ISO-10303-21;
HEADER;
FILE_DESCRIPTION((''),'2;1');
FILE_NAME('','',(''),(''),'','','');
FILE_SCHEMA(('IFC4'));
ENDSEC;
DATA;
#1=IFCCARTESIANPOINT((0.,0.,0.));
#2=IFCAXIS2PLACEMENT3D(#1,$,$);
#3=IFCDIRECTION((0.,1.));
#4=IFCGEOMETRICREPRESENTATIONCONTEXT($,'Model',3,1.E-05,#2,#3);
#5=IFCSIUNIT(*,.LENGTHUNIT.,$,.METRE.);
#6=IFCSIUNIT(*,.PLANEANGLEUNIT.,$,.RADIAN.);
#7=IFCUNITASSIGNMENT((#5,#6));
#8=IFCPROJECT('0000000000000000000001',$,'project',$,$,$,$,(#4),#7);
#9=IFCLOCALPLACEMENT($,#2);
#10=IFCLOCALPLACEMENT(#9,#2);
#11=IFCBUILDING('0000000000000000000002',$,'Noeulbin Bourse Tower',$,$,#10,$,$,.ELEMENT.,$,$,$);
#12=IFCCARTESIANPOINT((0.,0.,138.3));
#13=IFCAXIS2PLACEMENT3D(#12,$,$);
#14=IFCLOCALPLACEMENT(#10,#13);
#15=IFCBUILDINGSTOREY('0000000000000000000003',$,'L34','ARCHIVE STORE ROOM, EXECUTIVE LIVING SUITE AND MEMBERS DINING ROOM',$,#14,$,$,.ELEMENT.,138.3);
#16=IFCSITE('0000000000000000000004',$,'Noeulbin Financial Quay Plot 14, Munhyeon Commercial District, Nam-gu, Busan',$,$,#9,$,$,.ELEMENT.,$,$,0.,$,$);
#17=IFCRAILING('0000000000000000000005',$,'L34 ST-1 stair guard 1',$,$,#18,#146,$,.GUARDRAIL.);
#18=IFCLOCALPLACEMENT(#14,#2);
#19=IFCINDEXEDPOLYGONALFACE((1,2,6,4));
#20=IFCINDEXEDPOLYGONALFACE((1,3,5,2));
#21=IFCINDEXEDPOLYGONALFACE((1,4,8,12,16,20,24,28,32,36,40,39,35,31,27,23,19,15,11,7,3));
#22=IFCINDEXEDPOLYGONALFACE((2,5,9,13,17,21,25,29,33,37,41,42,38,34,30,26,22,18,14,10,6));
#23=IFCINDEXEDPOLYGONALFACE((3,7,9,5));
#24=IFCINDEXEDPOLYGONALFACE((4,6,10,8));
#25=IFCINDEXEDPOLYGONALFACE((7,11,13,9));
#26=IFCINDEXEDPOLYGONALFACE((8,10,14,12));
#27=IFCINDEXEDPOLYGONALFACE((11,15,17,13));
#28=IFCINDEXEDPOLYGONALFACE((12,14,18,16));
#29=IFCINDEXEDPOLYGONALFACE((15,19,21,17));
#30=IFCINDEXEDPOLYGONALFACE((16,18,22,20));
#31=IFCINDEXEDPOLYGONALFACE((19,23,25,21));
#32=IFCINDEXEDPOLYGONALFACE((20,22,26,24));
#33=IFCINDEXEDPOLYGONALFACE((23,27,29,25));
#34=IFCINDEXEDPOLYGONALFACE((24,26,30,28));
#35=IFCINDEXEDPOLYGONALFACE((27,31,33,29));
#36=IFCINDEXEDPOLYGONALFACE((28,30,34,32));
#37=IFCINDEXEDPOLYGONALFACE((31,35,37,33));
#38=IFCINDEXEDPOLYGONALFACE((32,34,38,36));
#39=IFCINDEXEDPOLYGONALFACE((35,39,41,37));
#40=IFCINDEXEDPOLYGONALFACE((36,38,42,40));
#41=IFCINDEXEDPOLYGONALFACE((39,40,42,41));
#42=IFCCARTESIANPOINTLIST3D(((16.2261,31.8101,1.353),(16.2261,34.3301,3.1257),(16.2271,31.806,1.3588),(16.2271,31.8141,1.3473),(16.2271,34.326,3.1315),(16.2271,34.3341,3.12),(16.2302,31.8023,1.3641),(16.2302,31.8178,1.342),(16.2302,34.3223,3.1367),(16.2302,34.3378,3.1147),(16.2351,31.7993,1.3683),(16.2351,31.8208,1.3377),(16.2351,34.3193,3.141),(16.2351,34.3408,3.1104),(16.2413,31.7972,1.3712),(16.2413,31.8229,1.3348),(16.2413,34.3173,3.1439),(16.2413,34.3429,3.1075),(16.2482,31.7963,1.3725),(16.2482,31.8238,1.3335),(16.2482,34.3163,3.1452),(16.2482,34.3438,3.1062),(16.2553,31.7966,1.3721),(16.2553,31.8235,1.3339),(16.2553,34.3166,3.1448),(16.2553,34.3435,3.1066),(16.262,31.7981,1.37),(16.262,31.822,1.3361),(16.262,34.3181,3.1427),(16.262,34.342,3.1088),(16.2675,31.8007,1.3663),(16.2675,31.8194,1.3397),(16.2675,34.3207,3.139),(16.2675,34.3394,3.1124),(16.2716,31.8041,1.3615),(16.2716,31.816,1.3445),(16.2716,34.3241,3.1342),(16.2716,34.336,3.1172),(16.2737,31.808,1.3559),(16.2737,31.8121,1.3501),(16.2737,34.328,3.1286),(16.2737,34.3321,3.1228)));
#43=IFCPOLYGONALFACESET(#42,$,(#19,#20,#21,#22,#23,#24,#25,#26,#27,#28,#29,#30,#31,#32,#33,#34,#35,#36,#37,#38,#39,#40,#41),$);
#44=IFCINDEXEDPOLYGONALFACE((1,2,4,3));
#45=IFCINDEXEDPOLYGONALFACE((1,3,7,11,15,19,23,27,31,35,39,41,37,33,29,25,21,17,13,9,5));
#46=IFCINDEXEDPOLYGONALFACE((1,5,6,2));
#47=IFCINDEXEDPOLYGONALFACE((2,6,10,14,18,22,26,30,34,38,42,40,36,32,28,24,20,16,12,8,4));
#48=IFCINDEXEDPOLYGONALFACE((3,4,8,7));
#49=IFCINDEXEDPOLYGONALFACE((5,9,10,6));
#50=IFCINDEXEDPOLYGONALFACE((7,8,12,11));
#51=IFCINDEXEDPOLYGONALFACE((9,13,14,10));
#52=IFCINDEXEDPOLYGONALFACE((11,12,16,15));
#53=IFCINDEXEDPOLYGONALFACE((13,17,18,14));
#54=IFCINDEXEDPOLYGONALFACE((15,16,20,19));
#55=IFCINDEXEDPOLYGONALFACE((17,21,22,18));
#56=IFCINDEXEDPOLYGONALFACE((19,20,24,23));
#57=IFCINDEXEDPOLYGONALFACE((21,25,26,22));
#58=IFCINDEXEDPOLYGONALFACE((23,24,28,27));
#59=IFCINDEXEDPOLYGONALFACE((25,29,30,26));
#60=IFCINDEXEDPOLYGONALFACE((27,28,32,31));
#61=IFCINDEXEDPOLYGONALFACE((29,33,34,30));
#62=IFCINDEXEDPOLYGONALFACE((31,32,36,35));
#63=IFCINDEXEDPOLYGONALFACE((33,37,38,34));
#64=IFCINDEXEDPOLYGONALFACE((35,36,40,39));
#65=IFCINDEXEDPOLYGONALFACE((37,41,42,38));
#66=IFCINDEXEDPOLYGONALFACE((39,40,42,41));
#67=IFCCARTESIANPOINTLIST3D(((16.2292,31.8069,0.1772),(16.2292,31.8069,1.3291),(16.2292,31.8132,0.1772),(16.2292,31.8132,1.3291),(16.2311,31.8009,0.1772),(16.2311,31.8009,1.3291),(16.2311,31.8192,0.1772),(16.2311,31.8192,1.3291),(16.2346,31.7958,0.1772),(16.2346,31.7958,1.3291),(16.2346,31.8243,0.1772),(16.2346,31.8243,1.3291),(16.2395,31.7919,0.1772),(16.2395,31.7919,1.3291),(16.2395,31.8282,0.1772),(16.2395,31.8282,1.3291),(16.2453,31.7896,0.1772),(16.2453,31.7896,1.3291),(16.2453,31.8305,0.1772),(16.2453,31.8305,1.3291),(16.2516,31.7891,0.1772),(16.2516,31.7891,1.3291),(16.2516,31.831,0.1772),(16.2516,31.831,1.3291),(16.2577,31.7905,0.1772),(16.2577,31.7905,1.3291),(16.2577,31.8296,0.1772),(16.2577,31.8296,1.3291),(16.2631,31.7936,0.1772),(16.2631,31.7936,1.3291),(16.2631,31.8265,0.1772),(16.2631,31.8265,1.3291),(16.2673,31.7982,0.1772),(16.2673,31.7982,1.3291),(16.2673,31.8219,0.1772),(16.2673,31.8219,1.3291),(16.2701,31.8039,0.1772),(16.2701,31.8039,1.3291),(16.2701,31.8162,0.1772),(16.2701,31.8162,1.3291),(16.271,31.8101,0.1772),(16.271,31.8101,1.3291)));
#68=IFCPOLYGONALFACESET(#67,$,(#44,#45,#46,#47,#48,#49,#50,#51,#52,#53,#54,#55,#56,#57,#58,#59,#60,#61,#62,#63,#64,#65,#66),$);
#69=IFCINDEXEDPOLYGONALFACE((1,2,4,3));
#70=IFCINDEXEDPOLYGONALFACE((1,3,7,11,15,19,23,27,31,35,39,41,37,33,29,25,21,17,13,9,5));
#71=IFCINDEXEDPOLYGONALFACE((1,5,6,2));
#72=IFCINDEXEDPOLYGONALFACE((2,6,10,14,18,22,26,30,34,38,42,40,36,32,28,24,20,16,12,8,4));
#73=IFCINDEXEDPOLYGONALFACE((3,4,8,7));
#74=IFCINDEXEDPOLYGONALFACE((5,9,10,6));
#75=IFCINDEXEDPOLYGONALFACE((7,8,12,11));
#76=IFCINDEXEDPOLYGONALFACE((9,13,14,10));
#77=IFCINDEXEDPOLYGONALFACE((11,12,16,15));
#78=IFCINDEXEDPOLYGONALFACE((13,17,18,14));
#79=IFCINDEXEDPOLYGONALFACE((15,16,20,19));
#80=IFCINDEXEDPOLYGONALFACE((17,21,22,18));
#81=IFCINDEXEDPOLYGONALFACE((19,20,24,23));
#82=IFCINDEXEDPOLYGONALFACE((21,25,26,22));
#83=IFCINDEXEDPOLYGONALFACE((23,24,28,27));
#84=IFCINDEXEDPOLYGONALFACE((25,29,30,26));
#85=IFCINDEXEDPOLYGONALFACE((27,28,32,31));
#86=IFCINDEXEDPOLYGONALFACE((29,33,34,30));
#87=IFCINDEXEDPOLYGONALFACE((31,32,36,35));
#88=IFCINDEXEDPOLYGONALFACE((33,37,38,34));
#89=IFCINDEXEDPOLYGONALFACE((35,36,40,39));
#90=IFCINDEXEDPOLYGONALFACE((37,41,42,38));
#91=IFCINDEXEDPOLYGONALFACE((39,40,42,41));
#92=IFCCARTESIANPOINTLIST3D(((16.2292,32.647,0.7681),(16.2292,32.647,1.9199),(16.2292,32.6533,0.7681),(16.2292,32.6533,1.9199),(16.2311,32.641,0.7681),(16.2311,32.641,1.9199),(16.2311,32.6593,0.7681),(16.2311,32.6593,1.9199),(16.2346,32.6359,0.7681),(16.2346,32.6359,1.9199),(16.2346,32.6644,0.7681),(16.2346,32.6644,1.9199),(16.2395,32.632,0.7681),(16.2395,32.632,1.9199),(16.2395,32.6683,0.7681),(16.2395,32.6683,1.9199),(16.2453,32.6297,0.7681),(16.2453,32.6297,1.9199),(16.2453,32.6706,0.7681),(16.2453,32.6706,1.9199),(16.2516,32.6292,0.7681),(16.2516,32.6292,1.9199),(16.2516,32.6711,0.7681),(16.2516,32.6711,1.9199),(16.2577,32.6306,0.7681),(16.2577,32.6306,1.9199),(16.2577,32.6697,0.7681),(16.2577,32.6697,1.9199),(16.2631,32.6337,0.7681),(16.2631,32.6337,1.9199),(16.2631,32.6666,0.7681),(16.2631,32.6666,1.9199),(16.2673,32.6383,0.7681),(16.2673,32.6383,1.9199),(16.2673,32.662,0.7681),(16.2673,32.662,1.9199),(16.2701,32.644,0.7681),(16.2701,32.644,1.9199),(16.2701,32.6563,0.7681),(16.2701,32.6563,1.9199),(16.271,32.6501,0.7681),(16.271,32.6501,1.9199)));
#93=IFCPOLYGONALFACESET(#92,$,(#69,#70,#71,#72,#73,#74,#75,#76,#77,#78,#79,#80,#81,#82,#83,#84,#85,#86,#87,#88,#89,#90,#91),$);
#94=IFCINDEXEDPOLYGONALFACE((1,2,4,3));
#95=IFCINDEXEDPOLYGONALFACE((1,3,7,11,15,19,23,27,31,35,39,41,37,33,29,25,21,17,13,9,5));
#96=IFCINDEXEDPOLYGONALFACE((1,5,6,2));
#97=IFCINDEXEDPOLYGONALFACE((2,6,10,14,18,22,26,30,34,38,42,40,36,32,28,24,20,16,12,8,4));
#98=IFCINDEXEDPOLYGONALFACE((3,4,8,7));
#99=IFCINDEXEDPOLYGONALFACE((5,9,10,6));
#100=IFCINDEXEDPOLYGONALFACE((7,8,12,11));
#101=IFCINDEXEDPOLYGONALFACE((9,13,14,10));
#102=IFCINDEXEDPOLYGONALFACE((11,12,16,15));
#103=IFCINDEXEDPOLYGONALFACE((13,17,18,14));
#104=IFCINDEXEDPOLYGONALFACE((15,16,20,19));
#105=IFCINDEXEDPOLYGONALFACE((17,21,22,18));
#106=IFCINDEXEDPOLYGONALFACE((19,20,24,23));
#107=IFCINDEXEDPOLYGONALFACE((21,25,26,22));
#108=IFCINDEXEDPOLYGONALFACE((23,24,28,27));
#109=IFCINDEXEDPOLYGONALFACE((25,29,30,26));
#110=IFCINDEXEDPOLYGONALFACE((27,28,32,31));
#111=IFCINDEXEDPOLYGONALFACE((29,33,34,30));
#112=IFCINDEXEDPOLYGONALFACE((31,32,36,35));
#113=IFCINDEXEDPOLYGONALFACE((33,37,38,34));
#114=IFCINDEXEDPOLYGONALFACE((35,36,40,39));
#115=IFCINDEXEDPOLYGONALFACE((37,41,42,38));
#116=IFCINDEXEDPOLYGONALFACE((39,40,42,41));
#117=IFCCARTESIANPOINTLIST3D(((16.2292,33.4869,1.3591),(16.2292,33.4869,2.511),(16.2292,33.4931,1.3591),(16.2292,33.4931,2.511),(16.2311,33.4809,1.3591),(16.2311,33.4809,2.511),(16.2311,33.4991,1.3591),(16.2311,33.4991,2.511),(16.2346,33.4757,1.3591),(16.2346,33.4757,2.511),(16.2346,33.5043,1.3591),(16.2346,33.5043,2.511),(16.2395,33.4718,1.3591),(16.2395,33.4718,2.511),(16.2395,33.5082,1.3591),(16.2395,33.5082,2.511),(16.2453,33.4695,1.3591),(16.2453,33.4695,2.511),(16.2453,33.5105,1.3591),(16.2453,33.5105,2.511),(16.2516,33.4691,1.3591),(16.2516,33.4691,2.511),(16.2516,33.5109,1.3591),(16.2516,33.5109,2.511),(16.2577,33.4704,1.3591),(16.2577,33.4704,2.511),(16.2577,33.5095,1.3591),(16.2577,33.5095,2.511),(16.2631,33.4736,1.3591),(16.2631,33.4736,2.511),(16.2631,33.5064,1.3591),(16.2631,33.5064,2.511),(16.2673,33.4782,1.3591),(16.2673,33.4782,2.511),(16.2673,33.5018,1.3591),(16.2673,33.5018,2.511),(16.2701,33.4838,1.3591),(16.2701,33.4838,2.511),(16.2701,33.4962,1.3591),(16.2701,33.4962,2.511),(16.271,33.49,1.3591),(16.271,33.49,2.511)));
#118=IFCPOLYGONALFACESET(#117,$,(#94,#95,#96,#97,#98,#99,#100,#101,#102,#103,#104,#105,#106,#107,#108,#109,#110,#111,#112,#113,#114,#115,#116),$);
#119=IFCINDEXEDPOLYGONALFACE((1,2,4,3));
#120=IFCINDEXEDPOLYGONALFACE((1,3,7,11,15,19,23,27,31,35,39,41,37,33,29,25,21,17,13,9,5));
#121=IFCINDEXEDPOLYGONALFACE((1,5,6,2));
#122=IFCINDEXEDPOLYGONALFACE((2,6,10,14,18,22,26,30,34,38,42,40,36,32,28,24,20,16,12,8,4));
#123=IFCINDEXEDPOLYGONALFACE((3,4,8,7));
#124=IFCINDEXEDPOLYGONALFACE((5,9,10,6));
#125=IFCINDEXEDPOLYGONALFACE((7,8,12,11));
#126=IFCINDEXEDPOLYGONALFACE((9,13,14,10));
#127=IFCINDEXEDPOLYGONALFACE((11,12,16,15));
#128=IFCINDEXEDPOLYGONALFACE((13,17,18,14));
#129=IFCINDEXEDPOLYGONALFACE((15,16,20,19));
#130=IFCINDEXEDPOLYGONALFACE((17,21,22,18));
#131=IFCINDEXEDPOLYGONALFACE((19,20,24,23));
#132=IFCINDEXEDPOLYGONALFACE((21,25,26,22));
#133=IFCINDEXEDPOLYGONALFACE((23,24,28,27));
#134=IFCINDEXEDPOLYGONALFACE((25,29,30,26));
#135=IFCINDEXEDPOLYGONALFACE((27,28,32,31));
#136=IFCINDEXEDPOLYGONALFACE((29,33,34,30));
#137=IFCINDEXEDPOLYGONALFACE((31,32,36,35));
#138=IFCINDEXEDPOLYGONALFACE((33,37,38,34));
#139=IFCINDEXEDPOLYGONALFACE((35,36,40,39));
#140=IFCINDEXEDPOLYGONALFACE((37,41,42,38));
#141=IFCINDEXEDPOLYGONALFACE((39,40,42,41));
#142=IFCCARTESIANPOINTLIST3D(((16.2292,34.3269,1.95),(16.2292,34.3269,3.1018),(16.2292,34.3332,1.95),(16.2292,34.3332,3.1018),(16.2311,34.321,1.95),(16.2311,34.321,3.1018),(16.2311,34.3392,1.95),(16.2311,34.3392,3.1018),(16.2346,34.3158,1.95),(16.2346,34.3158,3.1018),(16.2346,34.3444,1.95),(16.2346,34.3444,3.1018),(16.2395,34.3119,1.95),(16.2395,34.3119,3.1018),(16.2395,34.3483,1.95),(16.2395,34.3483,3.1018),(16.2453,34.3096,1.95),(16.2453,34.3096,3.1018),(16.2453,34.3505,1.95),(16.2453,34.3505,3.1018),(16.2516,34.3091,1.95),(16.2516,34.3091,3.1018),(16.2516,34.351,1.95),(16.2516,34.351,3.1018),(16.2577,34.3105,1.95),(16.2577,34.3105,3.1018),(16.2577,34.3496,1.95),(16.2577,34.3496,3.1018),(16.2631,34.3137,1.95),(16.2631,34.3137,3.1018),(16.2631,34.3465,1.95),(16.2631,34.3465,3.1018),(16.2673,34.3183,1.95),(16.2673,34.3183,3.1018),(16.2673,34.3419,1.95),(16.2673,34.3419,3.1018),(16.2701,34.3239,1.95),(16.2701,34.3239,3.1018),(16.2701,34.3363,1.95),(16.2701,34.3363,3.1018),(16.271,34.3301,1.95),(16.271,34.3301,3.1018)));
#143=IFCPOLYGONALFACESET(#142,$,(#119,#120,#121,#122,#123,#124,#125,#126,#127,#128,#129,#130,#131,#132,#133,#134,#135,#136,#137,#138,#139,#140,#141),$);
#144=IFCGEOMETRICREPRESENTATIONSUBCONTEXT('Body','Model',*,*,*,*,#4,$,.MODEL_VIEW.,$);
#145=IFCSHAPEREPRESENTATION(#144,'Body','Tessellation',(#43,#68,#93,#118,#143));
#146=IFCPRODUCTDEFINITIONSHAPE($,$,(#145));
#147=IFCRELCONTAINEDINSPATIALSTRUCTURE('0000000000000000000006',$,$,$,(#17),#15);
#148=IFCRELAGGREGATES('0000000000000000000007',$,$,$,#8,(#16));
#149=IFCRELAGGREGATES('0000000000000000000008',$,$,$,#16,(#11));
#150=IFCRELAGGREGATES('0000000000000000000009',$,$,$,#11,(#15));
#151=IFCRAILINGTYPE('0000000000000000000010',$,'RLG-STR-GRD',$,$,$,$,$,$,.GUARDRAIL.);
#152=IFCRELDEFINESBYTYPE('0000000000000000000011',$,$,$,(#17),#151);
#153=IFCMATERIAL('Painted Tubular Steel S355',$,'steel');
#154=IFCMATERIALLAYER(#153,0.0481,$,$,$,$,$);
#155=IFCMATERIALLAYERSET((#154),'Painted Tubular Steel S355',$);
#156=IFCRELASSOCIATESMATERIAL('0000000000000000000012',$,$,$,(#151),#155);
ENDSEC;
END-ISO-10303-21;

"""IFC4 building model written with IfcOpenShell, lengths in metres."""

from ifc_helpers import new_model, si_unit, direction, frame, origin, origin_2d, place, context, subcontext, project, spatial, circle, extrude, material, layer, layer_set, type_object, element, save


model = new_model("IFC4")

# Units and contexts
model_context = context("Model", 3, precision=1e-05, world=origin(), true_north=direction((0.0, 1.0)))
body_context = subcontext(model_context, "Body", "Model", "MODEL_VIEW")
ifc_project = project(units=[si_unit("LENGTHUNIT", "METRE"), si_unit("PLANEANGLEUNIT", "RADIAN")], contexts=[model_context])

# Site, building, storey
site_placement = place(None, origin())
site = spatial("IfcSite", under=ifc_project, at=site_placement, Name="Noeulbin Financial Quay Plot 14, Munhyeon Commercial District, Nam-gu, Busan", CompositionType="ELEMENT", RefElevation=0.0)
building_placement = place(site_placement, origin())
building = spatial("IfcBuilding", under=site, at=building_placement, Name="Noeulbin Bourse Tower", CompositionType="ELEMENT")
storey_placement = place(building_placement, frame((0.0, 0.0, 138.3)))
storey = spatial("IfcBuildingStorey", under=building, at=storey_placement, Name="L34", Description="ARCHIVE STORE ROOM, EXECUTIVE LIVING SUITE AND MEMBERS DINING ROOM", CompositionType="ELEMENT", Elevation=138.3)

# Railing
ifc_material_1 = material(Name="Painted Tubular Steel S355", Category="steel")
ifc_layer_1 = layer(ifc_material_1, 0.0481)
ifc_layer_set_1 = layer_set([ifc_layer_1], Name="Painted Tubular Steel S355")
railing_type_1 = type_object("IfcRailingType", Name="RLG-STR-GRD", PredefinedType="GUARDRAIL", material=ifc_layer_set_1)
railing_1_placement = place(storey_placement, frame((16.25, 31.8101, 0.1772)))
element("IfcRailing", 1, at=railing_1_placement, inside=storey, type_object=railing_type_1, Name="L34 ST-1 stair guard 1", PredefinedType="GUARDRAIL", context=body_context, shape_type="SweptSolid", body=[
    extrude(circle(Radius=0.0239, at=origin_2d()), frame((0.0, 0.0, 1.1758), z_axis=(0.0, 0.817904, 0.575354), x_axis=(-1.0, 0.0, 0.0)), (0.0, 0.0, 1.0), 3.0811),
    extrude(circle(Radius=0.021, at=origin_2d()), origin(), (0.0, 0.0, 1.0), 1.1519),
    extrude(circle(Radius=0.021, at=origin_2d()), frame((0.0, 0.8401, 0.5908)), (0.0, 0.0, 1.0), 1.1519),
    extrude(circle(Radius=0.021, at=origin_2d()), frame((0.0, 1.6799, 1.1819)), (0.0, 0.0, 1.0), 1.1519),
    extrude(circle(Radius=0.021, at=origin_2d()), frame((0.0, 2.52, 1.7727)), (0.0, 0.0, 1.0), 1.1519),
])

save(model, "model.ifc")
